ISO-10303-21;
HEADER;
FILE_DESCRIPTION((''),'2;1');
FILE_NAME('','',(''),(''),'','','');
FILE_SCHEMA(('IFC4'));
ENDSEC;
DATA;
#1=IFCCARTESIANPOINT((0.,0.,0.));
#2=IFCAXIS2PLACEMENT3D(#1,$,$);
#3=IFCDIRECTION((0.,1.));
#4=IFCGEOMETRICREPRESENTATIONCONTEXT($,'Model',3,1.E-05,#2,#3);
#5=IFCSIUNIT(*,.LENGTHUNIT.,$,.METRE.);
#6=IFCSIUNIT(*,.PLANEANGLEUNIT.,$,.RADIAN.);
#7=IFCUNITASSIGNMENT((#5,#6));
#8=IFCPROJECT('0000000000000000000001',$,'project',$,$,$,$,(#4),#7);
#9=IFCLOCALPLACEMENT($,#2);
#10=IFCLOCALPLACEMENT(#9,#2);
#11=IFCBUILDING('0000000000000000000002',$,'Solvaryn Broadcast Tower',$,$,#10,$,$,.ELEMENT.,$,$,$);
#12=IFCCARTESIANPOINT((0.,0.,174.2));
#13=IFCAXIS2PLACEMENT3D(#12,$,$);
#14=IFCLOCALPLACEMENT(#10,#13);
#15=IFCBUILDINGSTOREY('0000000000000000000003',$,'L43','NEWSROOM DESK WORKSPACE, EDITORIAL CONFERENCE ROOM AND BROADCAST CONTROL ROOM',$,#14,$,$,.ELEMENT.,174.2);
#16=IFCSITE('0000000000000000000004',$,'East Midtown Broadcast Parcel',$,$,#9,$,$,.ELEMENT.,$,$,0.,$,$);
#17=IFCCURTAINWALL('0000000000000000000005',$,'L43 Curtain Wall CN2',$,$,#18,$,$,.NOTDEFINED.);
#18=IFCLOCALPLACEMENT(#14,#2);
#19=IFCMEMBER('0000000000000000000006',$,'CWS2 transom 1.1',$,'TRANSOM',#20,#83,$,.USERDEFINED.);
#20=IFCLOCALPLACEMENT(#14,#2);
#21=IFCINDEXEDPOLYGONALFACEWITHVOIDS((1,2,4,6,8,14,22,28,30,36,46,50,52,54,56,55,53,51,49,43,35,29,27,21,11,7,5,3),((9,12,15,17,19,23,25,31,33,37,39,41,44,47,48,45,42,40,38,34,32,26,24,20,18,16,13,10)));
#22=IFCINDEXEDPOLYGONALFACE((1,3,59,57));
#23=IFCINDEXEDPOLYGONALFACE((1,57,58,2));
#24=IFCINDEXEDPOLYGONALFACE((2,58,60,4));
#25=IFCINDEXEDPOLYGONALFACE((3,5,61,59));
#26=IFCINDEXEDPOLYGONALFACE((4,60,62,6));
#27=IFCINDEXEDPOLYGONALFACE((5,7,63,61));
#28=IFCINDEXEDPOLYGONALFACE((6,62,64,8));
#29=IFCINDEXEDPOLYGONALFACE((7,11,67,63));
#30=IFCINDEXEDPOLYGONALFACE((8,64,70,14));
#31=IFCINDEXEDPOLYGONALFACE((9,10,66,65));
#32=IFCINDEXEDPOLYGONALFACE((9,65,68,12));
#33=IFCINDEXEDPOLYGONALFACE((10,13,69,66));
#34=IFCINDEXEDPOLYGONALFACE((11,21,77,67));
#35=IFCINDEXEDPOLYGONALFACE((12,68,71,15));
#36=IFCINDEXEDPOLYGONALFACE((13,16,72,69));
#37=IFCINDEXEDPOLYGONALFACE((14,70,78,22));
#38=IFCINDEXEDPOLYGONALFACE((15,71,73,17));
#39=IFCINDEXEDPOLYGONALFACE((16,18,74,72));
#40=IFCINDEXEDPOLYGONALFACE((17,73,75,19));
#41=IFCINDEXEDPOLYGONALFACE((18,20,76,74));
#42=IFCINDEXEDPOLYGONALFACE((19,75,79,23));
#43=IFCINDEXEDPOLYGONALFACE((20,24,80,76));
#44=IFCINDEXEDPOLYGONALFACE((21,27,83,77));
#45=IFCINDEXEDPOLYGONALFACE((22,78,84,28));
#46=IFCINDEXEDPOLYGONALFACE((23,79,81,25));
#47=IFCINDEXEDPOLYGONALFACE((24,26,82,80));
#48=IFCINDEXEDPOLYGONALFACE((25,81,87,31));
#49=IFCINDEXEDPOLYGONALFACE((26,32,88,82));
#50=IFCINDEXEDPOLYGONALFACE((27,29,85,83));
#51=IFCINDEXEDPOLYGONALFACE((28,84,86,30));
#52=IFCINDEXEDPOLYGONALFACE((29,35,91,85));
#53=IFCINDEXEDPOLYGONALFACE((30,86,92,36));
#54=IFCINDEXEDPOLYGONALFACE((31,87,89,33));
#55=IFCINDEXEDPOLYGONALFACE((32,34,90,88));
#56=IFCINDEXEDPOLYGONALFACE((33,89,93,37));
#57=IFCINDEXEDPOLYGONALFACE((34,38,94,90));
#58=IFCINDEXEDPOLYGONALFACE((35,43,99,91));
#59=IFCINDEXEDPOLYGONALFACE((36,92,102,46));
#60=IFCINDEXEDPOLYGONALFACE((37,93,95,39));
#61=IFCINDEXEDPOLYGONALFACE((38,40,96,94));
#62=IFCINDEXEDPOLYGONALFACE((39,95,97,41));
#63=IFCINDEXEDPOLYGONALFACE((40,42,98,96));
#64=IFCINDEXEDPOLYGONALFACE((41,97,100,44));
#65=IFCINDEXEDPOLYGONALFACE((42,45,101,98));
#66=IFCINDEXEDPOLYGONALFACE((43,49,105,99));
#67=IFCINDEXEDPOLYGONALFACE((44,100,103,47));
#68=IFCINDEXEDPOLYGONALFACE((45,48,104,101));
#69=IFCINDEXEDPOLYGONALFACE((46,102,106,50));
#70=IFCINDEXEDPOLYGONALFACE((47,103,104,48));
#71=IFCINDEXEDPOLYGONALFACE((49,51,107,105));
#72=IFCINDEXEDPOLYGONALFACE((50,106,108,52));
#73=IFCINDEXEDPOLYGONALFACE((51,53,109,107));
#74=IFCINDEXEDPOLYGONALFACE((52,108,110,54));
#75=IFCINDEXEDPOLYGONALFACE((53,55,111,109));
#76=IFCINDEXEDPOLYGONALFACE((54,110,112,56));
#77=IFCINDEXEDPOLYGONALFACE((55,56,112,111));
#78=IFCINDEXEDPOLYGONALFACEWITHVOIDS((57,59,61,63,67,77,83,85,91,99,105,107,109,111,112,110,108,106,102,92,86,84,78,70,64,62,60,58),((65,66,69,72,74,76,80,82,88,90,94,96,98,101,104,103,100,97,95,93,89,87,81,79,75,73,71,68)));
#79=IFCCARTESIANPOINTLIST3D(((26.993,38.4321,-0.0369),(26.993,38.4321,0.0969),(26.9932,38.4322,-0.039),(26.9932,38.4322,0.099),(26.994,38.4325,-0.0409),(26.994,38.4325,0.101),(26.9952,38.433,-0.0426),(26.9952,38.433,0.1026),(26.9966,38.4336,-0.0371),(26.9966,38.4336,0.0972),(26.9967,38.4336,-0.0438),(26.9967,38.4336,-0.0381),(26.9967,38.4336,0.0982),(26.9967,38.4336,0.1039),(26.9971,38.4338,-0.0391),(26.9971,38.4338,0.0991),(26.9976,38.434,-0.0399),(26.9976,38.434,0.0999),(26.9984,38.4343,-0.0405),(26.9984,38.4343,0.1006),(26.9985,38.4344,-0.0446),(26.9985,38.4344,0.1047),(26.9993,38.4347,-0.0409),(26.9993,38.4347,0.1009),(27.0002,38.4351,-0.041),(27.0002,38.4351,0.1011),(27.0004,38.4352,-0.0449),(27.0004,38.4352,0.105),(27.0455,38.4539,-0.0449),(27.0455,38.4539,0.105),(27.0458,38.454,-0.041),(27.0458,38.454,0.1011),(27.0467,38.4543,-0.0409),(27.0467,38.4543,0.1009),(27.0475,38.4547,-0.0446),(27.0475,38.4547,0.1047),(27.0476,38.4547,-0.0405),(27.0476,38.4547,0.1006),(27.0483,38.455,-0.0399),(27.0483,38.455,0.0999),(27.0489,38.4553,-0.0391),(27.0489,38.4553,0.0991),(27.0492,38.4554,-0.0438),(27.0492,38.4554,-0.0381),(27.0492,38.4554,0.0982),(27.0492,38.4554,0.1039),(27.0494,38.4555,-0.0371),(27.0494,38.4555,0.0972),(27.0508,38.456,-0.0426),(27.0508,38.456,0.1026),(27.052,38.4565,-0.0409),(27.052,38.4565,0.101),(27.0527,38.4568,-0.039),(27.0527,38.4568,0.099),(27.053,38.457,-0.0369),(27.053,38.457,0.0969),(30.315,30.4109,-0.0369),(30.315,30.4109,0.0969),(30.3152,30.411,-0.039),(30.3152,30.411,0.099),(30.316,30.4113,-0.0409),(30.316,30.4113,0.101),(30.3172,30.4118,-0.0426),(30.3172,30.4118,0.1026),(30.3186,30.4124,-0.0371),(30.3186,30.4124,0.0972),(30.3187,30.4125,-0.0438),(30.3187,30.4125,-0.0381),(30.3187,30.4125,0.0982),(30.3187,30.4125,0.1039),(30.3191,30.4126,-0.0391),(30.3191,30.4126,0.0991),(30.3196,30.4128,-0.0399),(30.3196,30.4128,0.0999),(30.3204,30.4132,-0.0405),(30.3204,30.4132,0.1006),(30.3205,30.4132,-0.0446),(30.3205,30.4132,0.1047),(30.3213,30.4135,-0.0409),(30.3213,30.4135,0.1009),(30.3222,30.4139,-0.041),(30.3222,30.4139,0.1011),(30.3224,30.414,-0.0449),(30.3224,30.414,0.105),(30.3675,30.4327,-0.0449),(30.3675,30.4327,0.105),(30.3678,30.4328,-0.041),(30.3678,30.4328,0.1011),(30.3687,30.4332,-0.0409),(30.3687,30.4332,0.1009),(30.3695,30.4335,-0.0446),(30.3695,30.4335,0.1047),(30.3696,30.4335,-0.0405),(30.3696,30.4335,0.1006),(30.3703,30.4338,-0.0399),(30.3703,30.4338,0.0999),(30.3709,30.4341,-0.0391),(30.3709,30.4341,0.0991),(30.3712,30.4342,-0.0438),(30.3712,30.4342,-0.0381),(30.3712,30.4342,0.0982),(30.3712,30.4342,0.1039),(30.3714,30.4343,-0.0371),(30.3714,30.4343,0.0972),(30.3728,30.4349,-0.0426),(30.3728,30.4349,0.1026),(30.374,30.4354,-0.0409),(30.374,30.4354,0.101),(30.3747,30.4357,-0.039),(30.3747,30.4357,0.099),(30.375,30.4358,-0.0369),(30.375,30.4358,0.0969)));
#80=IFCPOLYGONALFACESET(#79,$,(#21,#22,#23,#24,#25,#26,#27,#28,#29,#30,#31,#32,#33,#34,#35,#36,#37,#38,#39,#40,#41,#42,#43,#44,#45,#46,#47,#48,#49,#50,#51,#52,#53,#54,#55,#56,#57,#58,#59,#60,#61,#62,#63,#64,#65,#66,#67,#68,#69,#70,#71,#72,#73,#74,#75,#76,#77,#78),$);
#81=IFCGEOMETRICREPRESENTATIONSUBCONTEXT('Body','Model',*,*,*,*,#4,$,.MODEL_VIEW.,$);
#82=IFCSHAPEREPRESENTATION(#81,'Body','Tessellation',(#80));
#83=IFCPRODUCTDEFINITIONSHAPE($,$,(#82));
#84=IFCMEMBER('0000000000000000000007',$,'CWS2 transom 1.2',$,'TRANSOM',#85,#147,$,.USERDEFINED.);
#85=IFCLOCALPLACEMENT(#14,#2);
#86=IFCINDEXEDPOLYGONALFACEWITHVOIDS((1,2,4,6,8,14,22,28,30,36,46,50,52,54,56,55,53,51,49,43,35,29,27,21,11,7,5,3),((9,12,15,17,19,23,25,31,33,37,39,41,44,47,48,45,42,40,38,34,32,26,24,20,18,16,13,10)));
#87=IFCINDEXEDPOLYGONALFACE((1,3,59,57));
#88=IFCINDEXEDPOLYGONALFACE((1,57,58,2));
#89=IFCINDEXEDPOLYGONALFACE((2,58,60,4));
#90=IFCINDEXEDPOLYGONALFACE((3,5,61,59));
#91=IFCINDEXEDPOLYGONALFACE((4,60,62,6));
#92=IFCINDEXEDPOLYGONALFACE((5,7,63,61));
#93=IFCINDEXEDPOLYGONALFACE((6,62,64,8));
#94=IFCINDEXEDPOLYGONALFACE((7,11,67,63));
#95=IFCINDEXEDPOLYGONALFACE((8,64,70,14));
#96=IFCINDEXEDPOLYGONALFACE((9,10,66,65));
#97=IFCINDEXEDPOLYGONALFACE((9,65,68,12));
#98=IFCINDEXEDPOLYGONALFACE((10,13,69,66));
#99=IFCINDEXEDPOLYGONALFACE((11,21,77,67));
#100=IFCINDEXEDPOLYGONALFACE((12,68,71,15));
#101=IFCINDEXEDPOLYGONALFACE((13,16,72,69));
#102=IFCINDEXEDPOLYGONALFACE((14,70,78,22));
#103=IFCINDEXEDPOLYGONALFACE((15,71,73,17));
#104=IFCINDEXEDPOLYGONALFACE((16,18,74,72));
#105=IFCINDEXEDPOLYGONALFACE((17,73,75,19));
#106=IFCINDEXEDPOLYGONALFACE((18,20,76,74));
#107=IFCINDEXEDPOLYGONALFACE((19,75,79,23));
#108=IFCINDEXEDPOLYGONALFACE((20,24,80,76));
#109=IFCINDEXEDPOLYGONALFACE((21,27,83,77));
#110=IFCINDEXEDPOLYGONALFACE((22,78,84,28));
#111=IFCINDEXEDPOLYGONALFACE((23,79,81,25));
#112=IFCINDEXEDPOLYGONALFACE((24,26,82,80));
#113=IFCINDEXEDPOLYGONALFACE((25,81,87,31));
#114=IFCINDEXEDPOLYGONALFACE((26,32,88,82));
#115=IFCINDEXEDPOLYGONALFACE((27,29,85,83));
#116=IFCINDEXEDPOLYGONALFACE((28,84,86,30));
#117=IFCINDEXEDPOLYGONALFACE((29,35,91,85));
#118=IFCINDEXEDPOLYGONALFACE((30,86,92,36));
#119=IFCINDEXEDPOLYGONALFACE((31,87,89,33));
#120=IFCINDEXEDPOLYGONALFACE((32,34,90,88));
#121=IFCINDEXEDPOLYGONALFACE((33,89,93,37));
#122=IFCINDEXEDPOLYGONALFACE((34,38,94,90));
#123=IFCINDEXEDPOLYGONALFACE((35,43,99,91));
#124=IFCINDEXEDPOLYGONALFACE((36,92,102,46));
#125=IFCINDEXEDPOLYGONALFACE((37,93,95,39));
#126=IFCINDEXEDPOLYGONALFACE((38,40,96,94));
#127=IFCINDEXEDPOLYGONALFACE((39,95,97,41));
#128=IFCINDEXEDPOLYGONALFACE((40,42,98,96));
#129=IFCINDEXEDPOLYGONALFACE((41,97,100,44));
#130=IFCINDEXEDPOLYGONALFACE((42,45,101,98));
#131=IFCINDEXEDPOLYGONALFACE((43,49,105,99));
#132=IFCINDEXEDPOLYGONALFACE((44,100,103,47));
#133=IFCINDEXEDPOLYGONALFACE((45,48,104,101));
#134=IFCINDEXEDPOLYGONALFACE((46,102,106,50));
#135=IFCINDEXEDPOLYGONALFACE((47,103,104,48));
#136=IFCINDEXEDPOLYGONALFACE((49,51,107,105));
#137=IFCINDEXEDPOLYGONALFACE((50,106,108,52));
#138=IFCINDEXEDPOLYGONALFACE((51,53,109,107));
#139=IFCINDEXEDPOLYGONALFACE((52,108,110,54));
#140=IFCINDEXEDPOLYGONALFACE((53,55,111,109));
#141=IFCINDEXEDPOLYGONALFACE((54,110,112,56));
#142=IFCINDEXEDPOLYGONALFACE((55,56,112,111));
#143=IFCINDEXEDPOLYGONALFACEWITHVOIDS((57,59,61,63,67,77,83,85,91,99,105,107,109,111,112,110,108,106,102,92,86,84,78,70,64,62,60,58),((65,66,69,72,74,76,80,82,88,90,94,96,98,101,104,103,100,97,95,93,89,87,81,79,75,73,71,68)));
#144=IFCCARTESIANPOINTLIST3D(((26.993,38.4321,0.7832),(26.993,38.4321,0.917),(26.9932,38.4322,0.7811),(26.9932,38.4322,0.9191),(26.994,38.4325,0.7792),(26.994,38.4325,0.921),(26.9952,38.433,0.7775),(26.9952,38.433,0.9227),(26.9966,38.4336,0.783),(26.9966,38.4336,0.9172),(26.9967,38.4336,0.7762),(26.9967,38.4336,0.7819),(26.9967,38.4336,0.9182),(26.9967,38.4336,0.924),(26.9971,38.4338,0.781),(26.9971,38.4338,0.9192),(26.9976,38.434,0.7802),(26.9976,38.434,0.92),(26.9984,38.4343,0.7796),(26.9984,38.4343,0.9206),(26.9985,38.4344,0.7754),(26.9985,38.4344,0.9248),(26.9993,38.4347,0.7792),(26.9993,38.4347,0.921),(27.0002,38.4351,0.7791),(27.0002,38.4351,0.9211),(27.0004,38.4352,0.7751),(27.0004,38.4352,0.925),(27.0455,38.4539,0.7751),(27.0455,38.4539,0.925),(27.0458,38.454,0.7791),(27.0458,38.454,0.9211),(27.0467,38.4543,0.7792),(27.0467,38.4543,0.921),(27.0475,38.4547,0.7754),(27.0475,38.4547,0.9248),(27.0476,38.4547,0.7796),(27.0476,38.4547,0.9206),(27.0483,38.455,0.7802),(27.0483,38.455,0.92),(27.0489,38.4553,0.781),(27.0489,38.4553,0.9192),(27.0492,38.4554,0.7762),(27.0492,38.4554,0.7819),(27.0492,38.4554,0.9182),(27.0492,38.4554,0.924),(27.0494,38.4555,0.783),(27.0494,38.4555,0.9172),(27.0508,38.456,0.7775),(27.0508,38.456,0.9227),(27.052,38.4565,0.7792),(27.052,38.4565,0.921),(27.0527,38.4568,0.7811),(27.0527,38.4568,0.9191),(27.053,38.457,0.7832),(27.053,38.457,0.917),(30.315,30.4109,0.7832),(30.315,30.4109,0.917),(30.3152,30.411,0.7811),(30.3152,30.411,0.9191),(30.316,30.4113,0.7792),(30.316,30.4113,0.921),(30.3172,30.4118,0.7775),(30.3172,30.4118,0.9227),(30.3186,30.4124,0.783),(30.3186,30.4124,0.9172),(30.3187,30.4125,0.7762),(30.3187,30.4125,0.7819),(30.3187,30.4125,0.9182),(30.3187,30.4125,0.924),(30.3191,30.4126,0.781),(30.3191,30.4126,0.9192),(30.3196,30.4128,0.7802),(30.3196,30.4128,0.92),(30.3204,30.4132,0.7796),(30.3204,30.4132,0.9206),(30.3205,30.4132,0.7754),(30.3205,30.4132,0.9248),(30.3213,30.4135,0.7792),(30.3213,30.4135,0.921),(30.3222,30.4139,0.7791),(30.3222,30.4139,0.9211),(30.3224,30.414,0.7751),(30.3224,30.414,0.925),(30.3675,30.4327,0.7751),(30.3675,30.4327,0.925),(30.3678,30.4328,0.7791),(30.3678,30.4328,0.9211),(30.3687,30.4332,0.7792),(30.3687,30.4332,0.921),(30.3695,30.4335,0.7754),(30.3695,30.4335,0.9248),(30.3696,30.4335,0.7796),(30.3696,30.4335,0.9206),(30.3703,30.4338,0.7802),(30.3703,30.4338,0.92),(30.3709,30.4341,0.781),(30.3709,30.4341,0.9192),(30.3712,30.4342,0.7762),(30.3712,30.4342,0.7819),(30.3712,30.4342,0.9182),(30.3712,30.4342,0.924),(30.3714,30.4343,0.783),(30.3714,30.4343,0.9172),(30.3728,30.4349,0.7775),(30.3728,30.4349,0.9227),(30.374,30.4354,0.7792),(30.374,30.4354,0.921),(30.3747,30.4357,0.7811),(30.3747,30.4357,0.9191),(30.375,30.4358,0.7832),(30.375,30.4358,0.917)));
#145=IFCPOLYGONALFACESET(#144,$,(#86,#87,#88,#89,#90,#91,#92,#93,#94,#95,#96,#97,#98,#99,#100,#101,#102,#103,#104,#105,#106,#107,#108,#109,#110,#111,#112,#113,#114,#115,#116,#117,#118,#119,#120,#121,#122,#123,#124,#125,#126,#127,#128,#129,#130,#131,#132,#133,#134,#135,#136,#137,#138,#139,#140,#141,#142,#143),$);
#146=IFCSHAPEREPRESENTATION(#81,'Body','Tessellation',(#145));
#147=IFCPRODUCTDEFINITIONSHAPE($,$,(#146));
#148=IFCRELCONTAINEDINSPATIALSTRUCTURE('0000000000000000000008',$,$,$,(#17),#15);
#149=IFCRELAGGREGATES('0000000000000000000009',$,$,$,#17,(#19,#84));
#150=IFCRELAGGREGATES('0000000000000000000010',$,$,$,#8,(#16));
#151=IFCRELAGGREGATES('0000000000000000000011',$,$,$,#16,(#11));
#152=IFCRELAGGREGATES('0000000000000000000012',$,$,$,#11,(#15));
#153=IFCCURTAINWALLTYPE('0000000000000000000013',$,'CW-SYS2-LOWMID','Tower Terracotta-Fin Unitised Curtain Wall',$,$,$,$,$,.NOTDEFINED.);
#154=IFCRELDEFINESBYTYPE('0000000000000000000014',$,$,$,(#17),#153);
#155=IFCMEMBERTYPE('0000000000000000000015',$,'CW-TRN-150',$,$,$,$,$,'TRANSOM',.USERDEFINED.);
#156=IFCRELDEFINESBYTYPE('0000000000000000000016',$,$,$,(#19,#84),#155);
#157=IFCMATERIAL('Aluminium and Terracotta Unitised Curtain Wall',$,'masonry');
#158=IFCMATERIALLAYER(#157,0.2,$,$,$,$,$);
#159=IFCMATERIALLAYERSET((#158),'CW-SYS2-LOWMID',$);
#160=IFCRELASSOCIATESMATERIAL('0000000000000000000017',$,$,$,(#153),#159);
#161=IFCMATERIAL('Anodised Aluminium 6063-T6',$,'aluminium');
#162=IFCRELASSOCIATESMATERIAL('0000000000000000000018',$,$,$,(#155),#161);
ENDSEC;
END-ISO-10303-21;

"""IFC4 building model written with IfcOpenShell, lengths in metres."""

from ifc_helpers import new_model, si_unit, direction, frame, origin, origin_2d, place, context, subcontext, project, spatial, hollow_rectangle, extrude, material, layer, layer_set, material_profile, profile_set, type_object, element, aggregate, save


model = new_model("IFC4")

# Units and contexts
model_context = context("Model", 3, precision=1e-05, world=origin(), true_north=direction((0.0, 1.0)))
body_context = subcontext(model_context, "Body", "Model", "MODEL_VIEW")
ifc_project = project(units=[si_unit("LENGTHUNIT", "METRE"), si_unit("PLANEANGLEUNIT", "RADIAN")], contexts=[model_context])

# Site, building, storey
site_placement = place(None, origin())
site = spatial("IfcSite", under=ifc_project, at=site_placement, Name="East Midtown Broadcast Parcel", CompositionType="ELEMENT", RefElevation=0.0)
building_placement = place(site_placement, origin())
building = spatial("IfcBuilding", under=site, at=building_placement, Name="Solvaryn Broadcast Tower", CompositionType="ELEMENT")
storey_placement = place(building_placement, frame((0.0, 0.0, 174.2)))
storey = spatial("IfcBuildingStorey", under=building, at=storey_placement, Name="L43", Description="NEWSROOM DESK WORKSPACE, EDITORIAL CONFERENCE ROOM AND BROADCAST CONTROL ROOM", CompositionType="ELEMENT", Elevation=174.2)

# Shared definitions
ifc_material_1 = material(Name="Aluminium and Terracotta Unitised Curtain Wall", Category="masonry")
ifc_layer_1 = layer(ifc_material_1, 0.2)
ifc_layer_set_1 = layer_set([ifc_layer_1], Name="CW-SYS2-LOWMID")
curtain_wall_type = type_object("IfcCurtainWallType", Name="CW-SYS2-LOWMID", Description="Tower Terracotta-Fin Unitised Curtain Wall", PredefinedType="NOTDEFINED", material=ifc_layer_set_1)

# Curtain wall, members
curtain_wall_1_placement = place(storey_placement, origin())
curtain_wall_1 = element("IfcCurtainWall", 1, at=curtain_wall_1_placement, inside=storey, type_object=curtain_wall_type, Name="L43 Curtain Wall CN2", PredefinedType="NOTDEFINED")
ifc_material_2 = material(Name="Anodised Aluminium 6063-T6", Category="aluminium")
ifc_material_profile_1 = material_profile(ifc_material_2, hollow_rectangle(XDim=0.0649, YDim=0.1499, WallThickness=0.0039, InnerFilletRadius=0.0039, OuterFilletRadius=0.0081, at=origin_2d()))
ifc_profile_set_1 = profile_set([ifc_material_profile_1], Name="Anodised Aluminium 6063-T6")
member_type_1 = type_object("IfcMemberType", Name="CW-TRN-150", ElementType="TRANSOM", PredefinedType="USERDEFINED", material=ifc_profile_set_1)
member_1_placement = place(storey_placement, frame((30.345, 30.4233, 0.03), z_axis=(-0.382636, 0.923899, 0.0), x_axis=(-0.923899, -0.382636, 0.0)))
member_1 = element("IfcMember", 2, at=member_1_placement, type_object=member_type_1, Name="CWS2 transom 1.1", ObjectType="TRANSOM", PredefinedType="USERDEFINED", context=body_context, shape_type="SweptSolid", body=[
    extrude(hollow_rectangle(XDim=0.0649, YDim=0.1499, WallThickness=0.0039, InnerFilletRadius=0.0039, OuterFilletRadius=0.0081, at=origin_2d()), origin(), (0.0, 0.0, 1.0), 8.6819),
])
member_2_placement = place(storey_placement, frame((30.345, 30.4233, 0.8501), z_axis=(-0.382636, 0.923899, 0.0), x_axis=(-0.923899, -0.382636, 0.0)))
member_2 = element("IfcMember", 3, at=member_2_placement, type_object=member_type_1, Name="CWS2 transom 1.2", ObjectType="TRANSOM", PredefinedType="USERDEFINED", context=body_context, shape_type="SweptSolid", body=[
    extrude(hollow_rectangle(XDim=0.0649, YDim=0.1499, WallThickness=0.0039, InnerFilletRadius=0.0039, OuterFilletRadius=0.0081, at=origin_2d()), origin(), (0.0, 0.0, 1.0), 8.6819),
])

aggregate(curtain_wall_1, [member_1, member_2])

save(model, "model.ifc")
